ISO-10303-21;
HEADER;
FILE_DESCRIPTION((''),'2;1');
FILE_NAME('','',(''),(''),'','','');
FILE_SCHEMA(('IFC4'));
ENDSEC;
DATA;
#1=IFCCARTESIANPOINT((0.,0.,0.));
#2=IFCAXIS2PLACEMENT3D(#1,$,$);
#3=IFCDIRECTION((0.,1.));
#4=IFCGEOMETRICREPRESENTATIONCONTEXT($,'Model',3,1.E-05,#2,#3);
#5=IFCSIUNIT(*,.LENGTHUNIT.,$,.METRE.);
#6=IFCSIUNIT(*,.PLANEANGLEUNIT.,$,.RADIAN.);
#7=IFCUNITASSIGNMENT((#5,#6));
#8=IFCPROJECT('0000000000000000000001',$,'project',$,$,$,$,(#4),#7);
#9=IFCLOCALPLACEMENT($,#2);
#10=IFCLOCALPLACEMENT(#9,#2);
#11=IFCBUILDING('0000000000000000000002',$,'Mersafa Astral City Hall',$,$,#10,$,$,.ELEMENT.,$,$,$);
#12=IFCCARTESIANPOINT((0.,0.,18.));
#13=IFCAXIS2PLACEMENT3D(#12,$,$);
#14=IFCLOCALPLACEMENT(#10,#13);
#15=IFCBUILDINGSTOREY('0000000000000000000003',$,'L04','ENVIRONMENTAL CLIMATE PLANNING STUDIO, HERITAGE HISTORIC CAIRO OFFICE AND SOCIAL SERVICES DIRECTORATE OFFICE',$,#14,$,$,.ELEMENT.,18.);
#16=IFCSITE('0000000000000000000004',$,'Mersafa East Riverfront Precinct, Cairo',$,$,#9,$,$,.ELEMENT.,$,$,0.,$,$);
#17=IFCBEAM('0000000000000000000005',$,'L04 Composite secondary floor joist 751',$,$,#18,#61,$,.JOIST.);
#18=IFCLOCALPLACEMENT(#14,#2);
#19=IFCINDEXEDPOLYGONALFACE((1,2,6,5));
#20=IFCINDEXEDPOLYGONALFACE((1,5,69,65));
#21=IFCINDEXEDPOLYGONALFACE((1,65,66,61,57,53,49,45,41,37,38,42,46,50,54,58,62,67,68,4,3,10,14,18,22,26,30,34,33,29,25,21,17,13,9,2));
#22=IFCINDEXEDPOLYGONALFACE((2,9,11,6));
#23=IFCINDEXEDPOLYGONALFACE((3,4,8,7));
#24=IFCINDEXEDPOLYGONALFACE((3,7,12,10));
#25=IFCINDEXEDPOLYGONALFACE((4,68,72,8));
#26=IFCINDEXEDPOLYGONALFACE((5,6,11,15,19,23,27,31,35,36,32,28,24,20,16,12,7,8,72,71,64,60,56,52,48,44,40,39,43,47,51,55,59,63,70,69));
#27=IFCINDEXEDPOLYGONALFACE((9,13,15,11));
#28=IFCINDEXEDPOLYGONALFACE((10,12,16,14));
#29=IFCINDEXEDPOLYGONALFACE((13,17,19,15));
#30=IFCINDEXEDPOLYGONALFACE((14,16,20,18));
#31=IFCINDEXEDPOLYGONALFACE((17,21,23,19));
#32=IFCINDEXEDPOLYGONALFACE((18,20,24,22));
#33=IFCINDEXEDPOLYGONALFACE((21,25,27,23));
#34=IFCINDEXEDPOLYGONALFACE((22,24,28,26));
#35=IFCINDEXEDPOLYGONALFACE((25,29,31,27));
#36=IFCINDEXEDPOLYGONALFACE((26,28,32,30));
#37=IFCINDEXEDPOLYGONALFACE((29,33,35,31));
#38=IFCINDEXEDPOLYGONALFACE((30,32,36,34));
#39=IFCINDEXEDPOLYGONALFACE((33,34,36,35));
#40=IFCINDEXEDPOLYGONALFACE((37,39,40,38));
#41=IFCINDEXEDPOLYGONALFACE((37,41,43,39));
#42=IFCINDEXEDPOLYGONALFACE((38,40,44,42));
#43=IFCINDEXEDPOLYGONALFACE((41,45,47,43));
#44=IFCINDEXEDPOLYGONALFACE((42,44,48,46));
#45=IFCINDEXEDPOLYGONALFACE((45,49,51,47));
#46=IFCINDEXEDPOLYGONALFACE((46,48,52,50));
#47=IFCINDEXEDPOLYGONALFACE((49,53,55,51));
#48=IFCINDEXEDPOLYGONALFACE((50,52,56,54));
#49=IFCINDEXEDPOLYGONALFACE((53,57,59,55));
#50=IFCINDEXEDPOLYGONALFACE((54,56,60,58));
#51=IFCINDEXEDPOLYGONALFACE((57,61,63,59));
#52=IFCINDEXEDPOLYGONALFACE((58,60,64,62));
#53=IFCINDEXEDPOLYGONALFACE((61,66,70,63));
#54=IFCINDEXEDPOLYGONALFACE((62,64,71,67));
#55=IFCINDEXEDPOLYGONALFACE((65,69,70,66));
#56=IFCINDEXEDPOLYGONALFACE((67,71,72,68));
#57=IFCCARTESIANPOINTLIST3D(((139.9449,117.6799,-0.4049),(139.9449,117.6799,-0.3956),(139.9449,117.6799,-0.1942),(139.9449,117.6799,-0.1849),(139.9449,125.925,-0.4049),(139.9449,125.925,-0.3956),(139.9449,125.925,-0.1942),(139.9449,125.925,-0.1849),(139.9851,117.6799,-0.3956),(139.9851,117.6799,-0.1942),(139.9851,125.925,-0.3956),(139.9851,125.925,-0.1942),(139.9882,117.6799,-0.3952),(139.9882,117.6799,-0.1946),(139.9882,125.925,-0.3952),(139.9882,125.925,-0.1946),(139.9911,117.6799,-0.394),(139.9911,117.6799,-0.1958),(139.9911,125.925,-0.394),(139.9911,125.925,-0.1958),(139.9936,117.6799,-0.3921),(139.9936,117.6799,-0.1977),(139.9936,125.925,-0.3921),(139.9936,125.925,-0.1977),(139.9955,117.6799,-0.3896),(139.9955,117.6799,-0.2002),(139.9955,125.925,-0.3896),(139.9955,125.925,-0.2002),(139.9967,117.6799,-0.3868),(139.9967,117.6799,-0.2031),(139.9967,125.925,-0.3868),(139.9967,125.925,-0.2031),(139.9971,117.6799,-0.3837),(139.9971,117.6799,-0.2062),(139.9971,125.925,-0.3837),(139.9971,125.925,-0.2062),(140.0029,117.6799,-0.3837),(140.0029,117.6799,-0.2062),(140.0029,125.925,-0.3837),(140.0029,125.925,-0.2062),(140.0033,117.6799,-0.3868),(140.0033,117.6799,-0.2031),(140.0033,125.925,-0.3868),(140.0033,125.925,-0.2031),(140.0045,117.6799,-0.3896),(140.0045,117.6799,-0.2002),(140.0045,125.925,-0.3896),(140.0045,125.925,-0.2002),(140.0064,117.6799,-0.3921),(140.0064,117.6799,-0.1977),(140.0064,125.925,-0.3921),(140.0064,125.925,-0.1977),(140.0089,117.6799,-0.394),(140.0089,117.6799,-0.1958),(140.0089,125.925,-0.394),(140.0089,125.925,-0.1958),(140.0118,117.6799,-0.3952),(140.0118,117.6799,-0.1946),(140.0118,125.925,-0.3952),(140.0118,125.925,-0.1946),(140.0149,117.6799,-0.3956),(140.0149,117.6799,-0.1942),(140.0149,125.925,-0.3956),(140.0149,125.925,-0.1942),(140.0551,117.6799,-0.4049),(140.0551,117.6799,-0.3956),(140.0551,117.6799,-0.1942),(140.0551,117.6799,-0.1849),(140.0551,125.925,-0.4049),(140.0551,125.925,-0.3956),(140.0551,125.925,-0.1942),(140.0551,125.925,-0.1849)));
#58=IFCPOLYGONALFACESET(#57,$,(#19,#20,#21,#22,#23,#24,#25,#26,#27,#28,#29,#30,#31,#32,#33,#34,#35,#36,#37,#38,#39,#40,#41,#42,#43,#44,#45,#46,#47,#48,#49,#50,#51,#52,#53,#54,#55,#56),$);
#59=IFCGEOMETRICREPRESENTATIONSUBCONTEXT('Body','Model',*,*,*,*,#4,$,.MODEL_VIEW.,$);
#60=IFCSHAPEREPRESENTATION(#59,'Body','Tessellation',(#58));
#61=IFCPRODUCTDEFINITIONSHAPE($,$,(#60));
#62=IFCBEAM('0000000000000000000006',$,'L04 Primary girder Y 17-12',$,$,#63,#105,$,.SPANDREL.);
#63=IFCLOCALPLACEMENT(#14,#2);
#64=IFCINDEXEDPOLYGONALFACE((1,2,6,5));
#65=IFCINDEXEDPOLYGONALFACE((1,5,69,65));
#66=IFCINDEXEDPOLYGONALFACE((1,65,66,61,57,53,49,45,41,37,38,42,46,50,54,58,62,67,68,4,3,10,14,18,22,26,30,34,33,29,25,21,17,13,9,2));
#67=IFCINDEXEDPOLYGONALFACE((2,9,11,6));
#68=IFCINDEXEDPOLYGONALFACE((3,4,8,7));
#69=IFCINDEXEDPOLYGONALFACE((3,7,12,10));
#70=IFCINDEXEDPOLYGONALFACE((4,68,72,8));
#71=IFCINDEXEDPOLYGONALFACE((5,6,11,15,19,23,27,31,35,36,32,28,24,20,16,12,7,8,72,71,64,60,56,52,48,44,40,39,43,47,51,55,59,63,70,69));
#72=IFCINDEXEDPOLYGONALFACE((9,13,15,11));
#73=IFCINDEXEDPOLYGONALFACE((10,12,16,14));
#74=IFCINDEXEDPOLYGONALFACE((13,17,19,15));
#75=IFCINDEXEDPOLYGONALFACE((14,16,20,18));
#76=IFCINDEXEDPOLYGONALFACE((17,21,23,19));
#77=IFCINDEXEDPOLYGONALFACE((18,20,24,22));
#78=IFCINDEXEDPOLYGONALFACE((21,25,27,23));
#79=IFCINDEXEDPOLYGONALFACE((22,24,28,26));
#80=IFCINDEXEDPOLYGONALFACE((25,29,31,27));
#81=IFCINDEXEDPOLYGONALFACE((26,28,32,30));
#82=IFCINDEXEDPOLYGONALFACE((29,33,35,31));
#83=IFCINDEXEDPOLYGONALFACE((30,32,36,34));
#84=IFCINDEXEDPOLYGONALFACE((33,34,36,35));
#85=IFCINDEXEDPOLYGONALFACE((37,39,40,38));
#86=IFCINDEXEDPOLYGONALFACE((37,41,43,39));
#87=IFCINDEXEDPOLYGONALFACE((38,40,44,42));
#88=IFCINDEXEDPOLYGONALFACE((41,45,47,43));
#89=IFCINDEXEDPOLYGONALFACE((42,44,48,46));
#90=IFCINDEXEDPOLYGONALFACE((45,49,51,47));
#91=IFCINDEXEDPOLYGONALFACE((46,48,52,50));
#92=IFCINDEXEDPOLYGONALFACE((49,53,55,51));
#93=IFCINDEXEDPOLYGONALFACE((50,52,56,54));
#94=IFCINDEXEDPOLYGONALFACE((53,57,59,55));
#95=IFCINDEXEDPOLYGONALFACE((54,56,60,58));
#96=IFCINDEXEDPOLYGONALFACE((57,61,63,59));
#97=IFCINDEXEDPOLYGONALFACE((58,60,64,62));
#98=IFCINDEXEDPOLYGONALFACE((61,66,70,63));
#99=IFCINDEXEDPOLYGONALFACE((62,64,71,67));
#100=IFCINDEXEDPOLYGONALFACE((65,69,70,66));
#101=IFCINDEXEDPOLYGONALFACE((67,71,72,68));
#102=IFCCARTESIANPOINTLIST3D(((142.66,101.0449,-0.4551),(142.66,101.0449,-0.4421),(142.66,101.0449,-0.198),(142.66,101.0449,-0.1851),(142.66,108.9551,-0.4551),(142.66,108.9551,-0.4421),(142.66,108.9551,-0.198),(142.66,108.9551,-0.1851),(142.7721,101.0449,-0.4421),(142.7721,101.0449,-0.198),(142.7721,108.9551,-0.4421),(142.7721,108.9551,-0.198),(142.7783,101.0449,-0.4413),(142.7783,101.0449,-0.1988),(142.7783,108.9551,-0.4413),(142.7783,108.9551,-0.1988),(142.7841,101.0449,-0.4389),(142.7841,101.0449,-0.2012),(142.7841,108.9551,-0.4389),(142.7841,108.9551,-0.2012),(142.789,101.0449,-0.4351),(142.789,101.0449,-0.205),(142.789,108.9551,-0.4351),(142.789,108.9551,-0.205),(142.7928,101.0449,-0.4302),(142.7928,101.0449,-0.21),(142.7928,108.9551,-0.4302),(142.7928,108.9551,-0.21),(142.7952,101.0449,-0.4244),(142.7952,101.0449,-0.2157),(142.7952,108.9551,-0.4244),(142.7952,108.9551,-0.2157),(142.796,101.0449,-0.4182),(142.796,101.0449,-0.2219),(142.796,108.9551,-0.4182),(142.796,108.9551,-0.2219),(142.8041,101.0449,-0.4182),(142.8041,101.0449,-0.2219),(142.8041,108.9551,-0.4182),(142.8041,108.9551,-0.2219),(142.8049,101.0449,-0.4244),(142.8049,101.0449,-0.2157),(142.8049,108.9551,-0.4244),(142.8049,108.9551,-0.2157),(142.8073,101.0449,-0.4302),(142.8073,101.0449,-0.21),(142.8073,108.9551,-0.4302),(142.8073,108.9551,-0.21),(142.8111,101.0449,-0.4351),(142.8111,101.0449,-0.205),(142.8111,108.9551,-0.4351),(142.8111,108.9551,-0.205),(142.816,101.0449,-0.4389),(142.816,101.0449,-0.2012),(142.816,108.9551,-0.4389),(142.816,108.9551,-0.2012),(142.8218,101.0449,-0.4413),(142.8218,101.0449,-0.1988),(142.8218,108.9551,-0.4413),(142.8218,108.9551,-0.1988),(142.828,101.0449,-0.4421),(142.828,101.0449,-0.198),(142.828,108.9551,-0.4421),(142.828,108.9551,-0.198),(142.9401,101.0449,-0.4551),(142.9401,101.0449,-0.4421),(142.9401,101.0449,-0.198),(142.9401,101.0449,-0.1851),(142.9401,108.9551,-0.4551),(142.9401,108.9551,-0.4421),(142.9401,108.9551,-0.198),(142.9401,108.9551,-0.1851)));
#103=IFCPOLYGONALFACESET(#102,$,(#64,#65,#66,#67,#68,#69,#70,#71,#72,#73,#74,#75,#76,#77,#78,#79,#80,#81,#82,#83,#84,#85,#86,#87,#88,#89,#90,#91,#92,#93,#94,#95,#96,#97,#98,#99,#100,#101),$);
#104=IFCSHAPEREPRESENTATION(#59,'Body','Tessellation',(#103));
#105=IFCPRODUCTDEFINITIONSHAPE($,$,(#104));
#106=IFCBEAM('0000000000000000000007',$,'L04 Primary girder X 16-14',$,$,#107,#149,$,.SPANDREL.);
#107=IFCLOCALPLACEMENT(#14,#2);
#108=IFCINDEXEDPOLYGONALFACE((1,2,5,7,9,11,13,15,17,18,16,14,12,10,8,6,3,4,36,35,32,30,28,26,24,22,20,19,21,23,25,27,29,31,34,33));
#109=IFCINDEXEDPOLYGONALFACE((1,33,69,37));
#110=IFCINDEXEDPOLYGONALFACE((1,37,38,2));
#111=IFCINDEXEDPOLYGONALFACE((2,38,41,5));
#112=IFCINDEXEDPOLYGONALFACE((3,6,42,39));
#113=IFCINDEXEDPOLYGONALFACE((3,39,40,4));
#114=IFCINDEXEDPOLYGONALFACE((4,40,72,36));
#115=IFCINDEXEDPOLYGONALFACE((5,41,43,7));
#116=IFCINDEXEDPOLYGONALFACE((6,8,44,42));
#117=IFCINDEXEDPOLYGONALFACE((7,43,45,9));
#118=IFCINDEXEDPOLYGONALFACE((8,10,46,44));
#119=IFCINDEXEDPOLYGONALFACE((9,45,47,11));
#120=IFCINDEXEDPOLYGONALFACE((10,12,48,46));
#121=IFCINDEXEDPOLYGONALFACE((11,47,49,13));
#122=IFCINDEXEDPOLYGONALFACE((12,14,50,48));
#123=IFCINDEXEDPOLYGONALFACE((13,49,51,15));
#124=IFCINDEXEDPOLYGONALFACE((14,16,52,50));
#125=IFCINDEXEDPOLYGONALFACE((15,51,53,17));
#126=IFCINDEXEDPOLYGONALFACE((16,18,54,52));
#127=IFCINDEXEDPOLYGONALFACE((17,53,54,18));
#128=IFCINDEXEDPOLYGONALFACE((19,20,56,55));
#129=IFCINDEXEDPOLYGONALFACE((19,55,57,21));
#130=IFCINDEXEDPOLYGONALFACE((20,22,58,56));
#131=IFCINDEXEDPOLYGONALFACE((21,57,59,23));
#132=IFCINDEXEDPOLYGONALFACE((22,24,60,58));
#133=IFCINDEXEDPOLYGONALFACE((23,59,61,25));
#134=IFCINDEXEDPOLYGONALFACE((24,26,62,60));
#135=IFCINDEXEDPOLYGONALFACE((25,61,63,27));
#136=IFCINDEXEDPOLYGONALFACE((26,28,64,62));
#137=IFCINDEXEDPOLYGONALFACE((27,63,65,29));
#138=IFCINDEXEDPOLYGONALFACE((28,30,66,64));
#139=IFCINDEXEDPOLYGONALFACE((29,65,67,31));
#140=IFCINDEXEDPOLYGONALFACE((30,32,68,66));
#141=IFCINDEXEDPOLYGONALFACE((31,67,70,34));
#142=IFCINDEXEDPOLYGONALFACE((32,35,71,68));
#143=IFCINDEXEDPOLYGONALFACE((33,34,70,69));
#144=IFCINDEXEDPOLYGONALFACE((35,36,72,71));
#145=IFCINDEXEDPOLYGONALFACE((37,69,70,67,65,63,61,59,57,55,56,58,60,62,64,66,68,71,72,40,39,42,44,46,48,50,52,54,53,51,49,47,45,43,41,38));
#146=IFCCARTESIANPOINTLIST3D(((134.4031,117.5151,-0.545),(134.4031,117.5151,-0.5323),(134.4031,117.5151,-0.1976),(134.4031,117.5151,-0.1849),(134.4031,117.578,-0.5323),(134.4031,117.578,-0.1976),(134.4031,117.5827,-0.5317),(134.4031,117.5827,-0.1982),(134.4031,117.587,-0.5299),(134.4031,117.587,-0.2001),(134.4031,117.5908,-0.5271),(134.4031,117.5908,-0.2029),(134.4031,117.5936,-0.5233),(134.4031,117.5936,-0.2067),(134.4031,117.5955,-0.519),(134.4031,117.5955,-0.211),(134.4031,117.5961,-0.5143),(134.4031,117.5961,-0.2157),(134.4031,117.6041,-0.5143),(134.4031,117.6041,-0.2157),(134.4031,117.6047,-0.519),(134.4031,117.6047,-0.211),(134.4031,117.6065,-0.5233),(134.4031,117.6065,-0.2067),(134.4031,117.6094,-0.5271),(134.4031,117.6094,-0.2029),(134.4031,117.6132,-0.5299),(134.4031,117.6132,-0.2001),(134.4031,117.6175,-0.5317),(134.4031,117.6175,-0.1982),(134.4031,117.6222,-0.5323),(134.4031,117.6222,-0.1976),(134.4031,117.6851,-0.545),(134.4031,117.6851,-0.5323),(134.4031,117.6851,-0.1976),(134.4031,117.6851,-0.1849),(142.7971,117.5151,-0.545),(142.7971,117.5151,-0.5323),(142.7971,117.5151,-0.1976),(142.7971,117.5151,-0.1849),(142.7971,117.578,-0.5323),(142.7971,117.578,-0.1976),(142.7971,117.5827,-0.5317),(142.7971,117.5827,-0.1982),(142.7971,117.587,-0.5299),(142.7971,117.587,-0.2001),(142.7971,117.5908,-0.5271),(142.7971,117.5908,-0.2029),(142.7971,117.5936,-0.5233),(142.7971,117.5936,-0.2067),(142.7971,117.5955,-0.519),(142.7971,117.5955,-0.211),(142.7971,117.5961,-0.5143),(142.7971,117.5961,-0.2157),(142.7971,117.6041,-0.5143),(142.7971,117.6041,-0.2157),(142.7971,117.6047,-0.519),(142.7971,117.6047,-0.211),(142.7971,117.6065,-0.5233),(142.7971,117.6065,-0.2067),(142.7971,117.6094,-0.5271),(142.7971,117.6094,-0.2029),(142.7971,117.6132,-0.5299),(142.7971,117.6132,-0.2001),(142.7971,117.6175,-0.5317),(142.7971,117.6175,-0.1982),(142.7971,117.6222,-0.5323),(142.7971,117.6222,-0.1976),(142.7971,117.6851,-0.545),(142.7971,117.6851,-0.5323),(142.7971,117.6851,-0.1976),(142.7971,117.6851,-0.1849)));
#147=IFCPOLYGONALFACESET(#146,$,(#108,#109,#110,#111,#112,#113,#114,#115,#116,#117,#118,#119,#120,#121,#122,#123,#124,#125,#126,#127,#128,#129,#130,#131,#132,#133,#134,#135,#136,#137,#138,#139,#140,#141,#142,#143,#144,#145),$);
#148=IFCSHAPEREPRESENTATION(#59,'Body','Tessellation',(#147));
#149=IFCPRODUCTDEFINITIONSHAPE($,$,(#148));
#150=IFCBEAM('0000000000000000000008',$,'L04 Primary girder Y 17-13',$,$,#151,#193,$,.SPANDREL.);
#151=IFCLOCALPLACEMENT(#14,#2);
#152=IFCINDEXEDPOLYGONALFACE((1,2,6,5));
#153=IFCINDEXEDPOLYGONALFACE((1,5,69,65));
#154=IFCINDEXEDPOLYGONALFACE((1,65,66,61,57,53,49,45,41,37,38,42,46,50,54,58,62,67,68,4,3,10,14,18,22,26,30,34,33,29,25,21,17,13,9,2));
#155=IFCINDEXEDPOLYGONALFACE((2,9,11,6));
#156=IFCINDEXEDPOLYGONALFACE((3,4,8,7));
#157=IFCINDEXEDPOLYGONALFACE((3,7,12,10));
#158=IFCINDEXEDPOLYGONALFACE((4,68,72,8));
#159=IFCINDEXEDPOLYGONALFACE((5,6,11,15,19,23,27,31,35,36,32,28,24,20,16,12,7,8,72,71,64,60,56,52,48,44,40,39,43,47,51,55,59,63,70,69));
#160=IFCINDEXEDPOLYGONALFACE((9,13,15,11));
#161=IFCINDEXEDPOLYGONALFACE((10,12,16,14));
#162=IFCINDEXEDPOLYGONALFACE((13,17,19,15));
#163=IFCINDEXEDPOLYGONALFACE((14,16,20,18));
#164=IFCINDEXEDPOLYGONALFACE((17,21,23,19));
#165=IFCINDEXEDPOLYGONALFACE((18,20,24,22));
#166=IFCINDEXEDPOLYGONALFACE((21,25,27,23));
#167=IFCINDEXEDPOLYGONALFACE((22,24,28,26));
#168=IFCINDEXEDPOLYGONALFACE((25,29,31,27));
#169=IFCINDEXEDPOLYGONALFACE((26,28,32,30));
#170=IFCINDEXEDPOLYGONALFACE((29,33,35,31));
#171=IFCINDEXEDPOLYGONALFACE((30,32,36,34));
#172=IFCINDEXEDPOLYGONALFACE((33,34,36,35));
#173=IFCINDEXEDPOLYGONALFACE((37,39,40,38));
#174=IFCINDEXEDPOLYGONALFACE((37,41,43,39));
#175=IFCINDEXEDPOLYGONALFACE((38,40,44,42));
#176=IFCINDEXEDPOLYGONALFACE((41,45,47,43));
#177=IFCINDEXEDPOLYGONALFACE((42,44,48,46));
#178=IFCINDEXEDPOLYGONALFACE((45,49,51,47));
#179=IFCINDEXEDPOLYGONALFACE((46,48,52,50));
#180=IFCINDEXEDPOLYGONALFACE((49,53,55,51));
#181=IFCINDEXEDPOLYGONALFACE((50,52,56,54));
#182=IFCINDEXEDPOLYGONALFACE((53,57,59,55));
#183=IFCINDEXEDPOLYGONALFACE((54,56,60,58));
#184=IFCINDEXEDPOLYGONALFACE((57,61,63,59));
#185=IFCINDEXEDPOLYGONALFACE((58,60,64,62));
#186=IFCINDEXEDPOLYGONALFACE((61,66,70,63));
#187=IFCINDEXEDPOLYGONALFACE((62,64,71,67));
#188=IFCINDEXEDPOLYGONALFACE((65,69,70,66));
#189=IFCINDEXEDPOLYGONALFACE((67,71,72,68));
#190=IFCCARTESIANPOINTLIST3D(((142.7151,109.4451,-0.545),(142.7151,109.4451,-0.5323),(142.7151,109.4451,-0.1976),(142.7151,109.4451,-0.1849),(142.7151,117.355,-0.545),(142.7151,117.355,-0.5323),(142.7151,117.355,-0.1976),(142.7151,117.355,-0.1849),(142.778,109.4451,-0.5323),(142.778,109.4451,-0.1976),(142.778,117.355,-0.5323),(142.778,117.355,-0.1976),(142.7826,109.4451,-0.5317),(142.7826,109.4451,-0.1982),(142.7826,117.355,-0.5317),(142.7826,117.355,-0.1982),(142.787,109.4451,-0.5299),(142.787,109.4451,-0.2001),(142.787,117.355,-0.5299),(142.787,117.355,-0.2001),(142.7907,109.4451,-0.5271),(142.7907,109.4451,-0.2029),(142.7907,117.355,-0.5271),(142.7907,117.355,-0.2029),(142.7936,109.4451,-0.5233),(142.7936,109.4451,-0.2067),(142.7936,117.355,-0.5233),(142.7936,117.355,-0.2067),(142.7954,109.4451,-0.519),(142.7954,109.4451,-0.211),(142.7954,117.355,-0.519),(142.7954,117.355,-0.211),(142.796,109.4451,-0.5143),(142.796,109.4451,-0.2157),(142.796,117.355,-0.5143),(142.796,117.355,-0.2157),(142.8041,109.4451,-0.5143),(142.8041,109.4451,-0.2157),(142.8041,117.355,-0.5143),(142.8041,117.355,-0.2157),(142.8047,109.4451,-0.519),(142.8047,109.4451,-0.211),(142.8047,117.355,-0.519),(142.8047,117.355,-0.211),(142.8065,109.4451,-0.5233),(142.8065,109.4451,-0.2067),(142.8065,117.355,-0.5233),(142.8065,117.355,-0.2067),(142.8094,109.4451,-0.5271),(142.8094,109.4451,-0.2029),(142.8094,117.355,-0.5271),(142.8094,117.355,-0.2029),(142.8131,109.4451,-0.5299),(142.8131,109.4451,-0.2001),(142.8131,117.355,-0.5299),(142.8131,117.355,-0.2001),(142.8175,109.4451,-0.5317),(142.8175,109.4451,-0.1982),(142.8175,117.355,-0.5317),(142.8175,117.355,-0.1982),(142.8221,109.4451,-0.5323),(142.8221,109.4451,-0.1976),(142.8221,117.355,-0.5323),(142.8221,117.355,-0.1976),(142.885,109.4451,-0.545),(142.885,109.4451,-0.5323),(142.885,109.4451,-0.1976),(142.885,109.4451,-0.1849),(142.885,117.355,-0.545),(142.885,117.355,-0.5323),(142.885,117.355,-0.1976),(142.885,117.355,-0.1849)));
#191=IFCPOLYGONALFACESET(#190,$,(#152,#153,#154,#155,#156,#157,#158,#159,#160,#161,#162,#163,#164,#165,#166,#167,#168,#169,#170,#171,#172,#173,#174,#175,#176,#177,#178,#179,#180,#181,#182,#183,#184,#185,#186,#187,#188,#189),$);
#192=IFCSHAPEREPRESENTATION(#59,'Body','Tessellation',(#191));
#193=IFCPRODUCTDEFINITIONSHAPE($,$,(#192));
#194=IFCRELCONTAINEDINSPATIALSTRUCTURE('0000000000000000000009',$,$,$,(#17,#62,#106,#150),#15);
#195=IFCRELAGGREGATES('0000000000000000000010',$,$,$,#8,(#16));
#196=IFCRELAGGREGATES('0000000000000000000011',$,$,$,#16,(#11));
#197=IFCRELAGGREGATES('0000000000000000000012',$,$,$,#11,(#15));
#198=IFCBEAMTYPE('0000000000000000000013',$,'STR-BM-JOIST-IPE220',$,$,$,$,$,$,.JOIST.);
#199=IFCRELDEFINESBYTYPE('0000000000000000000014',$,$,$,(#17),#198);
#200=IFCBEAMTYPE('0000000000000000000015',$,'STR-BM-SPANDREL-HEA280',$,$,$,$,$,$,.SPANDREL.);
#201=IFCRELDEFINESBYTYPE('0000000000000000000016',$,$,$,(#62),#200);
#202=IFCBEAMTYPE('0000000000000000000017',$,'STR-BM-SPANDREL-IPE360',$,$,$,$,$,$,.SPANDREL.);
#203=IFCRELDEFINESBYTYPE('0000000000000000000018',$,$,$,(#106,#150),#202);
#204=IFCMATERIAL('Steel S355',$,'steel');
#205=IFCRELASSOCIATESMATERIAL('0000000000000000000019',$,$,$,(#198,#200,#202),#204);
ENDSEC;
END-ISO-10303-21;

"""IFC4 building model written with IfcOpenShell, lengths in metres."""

from ifc_helpers import new_model, si_unit, direction, frame, origin, origin_2d, place, context, subcontext, project, spatial, i_section, extrude, material, material_profile, profile_set, type_object, element, save


model = new_model("IFC4")

# Units and contexts
model_context = context("Model", 3, precision=1e-05, world=origin(), true_north=direction((0.0, 1.0)))
body_context = subcontext(model_context, "Body", "Model", "MODEL_VIEW")
ifc_project = project(units=[si_unit("LENGTHUNIT", "METRE"), si_unit("PLANEANGLEUNIT", "RADIAN")], contexts=[model_context])

# Site, building, storey
site_placement = place(None, origin())
site = spatial("IfcSite", under=ifc_project, at=site_placement, Name="Mersafa East Riverfront Precinct, Cairo", CompositionType="ELEMENT", RefElevation=0.0)
building_placement = place(site_placement, origin())
building = spatial("IfcBuilding", under=site, at=building_placement, Name="Mersafa Astral City Hall", CompositionType="ELEMENT")
storey_placement = place(building_placement, frame((0.0, 0.0, 18.0)))
storey = spatial("IfcBuildingStorey", under=building, at=storey_placement, Name="L04", Description="ENVIRONMENTAL CLIMATE PLANNING STUDIO, HERITAGE HISTORIC CAIRO OFFICE AND SOCIAL SERVICES DIRECTORATE OFFICE", CompositionType="ELEMENT", Elevation=18.0)

# Shared definitions
ifc_material_1 = material(Name="Steel S355", Category="steel")

# Beams
ifc_material_profile_1 = material_profile(ifc_material_1, i_section(OverallWidth=0.1101, OverallDepth=0.22, WebThickness=0.0059, FlangeThickness=0.0093, FilletRadius=0.012, at=origin_2d()), Name="IPE 220")
ifc_profile_set_1 = profile_set([ifc_material_profile_1], Name="Steel S355")
beam_type_1 = type_object("IfcBeamType", Name="STR-BM-JOIST-IPE220", PredefinedType="JOIST", material=ifc_profile_set_1)
for number, where, z_axis, x_axis, name in (
    (1, (140.0, 117.6799, -0.2949), (0.0, 1.0, 0.0), (-1.0, 0.0, 0.0), "L04 Composite secondary floor joist 751"),
):
    element("IfcBeam", number, at=place(storey_placement, frame(where, z_axis=z_axis, x_axis=x_axis)), inside=storey, type_object=beam_type_1, Name=name, PredefinedType="JOIST", context=body_context, shape_type="SweptSolid", body=[
        extrude(i_section(OverallWidth=0.1101, OverallDepth=0.22, WebThickness=0.0059, FlangeThickness=0.0093, FilletRadius=0.012, at=origin_2d()), origin(), (0.0, 0.0, 1.0), 8.2451),
    ])
ifc_material_profile_2 = material_profile(ifc_material_1, i_section(OverallWidth=0.28, OverallDepth=0.27, WebThickness=0.0081, FlangeThickness=0.0129, FilletRadius=0.0239, at=origin_2d()), Name="HEA 280")
ifc_profile_set_2 = profile_set([ifc_material_profile_2], Name="Steel S355")
beam_type_2 = type_object("IfcBeamType", Name="STR-BM-SPANDREL-HEA280", PredefinedType="SPANDREL", material=ifc_profile_set_2)
beam_1_placement = place(storey_placement, frame((142.8, 101.0449, -0.3201), z_axis=(0.0, 1.0, 0.0), x_axis=(-1.0, 0.0, 0.0)))
element("IfcBeam", 2, at=beam_1_placement, inside=storey, type_object=beam_type_2, Name="L04 Primary girder Y 17-12", PredefinedType="SPANDREL", context=body_context, shape_type="SweptSolid", body=[
    extrude(i_section(OverallWidth=0.28, OverallDepth=0.27, WebThickness=0.0081, FlangeThickness=0.0129, FilletRadius=0.0239, at=origin_2d()), origin(), (0.0, 0.0, 1.0), 7.9102),
])
ifc_material_profile_3 = material_profile(ifc_material_1, i_section(OverallWidth=0.1699, OverallDepth=0.3601, WebThickness=0.0081, FlangeThickness=0.0127, FilletRadius=0.0181, at=origin_2d()), Name="IPE 360")
ifc_profile_set_3 = profile_set([ifc_material_profile_3], Name="Steel S355")
beam_type_3 = type_object("IfcBeamType", Name="STR-BM-SPANDREL-IPE360", PredefinedType="SPANDREL", material=ifc_profile_set_3)
beam_2_placement = place(storey_placement, frame((134.4031, 117.6001, -0.365), z_axis=(1.0, 0.0, 0.0), x_axis=(0.0, 1.0, 0.0)))
element("IfcBeam", 3, at=beam_2_placement, inside=storey, type_object=beam_type_3, Name="L04 Primary girder X 16-14", PredefinedType="SPANDREL", context=body_context, shape_type="SweptSolid", body=[
    extrude(i_section(OverallWidth=0.1699, OverallDepth=0.3601, WebThickness=0.0081, FlangeThickness=0.0127, FilletRadius=0.0181, at=origin_2d()), origin(), (0.0, 0.0, 1.0), 8.394),
])
beam_3_placement = place(storey_placement, frame((142.8, 109.4451, -0.365), z_axis=(0.0, 1.0, 0.0), x_axis=(-1.0, 0.0, 0.0)))
element("IfcBeam", 4, at=beam_3_placement, inside=storey, type_object=beam_type_3, Name="L04 Primary girder Y 17-13", PredefinedType="SPANDREL", context=body_context, shape_type="SweptSolid", body=[
    extrude(i_section(OverallWidth=0.1699, OverallDepth=0.3601, WebThickness=0.0081, FlangeThickness=0.0127, FilletRadius=0.0181, at=origin_2d()), origin(), (0.0, 0.0, 1.0), 7.9099),
])

save(model, "model.ifc")
